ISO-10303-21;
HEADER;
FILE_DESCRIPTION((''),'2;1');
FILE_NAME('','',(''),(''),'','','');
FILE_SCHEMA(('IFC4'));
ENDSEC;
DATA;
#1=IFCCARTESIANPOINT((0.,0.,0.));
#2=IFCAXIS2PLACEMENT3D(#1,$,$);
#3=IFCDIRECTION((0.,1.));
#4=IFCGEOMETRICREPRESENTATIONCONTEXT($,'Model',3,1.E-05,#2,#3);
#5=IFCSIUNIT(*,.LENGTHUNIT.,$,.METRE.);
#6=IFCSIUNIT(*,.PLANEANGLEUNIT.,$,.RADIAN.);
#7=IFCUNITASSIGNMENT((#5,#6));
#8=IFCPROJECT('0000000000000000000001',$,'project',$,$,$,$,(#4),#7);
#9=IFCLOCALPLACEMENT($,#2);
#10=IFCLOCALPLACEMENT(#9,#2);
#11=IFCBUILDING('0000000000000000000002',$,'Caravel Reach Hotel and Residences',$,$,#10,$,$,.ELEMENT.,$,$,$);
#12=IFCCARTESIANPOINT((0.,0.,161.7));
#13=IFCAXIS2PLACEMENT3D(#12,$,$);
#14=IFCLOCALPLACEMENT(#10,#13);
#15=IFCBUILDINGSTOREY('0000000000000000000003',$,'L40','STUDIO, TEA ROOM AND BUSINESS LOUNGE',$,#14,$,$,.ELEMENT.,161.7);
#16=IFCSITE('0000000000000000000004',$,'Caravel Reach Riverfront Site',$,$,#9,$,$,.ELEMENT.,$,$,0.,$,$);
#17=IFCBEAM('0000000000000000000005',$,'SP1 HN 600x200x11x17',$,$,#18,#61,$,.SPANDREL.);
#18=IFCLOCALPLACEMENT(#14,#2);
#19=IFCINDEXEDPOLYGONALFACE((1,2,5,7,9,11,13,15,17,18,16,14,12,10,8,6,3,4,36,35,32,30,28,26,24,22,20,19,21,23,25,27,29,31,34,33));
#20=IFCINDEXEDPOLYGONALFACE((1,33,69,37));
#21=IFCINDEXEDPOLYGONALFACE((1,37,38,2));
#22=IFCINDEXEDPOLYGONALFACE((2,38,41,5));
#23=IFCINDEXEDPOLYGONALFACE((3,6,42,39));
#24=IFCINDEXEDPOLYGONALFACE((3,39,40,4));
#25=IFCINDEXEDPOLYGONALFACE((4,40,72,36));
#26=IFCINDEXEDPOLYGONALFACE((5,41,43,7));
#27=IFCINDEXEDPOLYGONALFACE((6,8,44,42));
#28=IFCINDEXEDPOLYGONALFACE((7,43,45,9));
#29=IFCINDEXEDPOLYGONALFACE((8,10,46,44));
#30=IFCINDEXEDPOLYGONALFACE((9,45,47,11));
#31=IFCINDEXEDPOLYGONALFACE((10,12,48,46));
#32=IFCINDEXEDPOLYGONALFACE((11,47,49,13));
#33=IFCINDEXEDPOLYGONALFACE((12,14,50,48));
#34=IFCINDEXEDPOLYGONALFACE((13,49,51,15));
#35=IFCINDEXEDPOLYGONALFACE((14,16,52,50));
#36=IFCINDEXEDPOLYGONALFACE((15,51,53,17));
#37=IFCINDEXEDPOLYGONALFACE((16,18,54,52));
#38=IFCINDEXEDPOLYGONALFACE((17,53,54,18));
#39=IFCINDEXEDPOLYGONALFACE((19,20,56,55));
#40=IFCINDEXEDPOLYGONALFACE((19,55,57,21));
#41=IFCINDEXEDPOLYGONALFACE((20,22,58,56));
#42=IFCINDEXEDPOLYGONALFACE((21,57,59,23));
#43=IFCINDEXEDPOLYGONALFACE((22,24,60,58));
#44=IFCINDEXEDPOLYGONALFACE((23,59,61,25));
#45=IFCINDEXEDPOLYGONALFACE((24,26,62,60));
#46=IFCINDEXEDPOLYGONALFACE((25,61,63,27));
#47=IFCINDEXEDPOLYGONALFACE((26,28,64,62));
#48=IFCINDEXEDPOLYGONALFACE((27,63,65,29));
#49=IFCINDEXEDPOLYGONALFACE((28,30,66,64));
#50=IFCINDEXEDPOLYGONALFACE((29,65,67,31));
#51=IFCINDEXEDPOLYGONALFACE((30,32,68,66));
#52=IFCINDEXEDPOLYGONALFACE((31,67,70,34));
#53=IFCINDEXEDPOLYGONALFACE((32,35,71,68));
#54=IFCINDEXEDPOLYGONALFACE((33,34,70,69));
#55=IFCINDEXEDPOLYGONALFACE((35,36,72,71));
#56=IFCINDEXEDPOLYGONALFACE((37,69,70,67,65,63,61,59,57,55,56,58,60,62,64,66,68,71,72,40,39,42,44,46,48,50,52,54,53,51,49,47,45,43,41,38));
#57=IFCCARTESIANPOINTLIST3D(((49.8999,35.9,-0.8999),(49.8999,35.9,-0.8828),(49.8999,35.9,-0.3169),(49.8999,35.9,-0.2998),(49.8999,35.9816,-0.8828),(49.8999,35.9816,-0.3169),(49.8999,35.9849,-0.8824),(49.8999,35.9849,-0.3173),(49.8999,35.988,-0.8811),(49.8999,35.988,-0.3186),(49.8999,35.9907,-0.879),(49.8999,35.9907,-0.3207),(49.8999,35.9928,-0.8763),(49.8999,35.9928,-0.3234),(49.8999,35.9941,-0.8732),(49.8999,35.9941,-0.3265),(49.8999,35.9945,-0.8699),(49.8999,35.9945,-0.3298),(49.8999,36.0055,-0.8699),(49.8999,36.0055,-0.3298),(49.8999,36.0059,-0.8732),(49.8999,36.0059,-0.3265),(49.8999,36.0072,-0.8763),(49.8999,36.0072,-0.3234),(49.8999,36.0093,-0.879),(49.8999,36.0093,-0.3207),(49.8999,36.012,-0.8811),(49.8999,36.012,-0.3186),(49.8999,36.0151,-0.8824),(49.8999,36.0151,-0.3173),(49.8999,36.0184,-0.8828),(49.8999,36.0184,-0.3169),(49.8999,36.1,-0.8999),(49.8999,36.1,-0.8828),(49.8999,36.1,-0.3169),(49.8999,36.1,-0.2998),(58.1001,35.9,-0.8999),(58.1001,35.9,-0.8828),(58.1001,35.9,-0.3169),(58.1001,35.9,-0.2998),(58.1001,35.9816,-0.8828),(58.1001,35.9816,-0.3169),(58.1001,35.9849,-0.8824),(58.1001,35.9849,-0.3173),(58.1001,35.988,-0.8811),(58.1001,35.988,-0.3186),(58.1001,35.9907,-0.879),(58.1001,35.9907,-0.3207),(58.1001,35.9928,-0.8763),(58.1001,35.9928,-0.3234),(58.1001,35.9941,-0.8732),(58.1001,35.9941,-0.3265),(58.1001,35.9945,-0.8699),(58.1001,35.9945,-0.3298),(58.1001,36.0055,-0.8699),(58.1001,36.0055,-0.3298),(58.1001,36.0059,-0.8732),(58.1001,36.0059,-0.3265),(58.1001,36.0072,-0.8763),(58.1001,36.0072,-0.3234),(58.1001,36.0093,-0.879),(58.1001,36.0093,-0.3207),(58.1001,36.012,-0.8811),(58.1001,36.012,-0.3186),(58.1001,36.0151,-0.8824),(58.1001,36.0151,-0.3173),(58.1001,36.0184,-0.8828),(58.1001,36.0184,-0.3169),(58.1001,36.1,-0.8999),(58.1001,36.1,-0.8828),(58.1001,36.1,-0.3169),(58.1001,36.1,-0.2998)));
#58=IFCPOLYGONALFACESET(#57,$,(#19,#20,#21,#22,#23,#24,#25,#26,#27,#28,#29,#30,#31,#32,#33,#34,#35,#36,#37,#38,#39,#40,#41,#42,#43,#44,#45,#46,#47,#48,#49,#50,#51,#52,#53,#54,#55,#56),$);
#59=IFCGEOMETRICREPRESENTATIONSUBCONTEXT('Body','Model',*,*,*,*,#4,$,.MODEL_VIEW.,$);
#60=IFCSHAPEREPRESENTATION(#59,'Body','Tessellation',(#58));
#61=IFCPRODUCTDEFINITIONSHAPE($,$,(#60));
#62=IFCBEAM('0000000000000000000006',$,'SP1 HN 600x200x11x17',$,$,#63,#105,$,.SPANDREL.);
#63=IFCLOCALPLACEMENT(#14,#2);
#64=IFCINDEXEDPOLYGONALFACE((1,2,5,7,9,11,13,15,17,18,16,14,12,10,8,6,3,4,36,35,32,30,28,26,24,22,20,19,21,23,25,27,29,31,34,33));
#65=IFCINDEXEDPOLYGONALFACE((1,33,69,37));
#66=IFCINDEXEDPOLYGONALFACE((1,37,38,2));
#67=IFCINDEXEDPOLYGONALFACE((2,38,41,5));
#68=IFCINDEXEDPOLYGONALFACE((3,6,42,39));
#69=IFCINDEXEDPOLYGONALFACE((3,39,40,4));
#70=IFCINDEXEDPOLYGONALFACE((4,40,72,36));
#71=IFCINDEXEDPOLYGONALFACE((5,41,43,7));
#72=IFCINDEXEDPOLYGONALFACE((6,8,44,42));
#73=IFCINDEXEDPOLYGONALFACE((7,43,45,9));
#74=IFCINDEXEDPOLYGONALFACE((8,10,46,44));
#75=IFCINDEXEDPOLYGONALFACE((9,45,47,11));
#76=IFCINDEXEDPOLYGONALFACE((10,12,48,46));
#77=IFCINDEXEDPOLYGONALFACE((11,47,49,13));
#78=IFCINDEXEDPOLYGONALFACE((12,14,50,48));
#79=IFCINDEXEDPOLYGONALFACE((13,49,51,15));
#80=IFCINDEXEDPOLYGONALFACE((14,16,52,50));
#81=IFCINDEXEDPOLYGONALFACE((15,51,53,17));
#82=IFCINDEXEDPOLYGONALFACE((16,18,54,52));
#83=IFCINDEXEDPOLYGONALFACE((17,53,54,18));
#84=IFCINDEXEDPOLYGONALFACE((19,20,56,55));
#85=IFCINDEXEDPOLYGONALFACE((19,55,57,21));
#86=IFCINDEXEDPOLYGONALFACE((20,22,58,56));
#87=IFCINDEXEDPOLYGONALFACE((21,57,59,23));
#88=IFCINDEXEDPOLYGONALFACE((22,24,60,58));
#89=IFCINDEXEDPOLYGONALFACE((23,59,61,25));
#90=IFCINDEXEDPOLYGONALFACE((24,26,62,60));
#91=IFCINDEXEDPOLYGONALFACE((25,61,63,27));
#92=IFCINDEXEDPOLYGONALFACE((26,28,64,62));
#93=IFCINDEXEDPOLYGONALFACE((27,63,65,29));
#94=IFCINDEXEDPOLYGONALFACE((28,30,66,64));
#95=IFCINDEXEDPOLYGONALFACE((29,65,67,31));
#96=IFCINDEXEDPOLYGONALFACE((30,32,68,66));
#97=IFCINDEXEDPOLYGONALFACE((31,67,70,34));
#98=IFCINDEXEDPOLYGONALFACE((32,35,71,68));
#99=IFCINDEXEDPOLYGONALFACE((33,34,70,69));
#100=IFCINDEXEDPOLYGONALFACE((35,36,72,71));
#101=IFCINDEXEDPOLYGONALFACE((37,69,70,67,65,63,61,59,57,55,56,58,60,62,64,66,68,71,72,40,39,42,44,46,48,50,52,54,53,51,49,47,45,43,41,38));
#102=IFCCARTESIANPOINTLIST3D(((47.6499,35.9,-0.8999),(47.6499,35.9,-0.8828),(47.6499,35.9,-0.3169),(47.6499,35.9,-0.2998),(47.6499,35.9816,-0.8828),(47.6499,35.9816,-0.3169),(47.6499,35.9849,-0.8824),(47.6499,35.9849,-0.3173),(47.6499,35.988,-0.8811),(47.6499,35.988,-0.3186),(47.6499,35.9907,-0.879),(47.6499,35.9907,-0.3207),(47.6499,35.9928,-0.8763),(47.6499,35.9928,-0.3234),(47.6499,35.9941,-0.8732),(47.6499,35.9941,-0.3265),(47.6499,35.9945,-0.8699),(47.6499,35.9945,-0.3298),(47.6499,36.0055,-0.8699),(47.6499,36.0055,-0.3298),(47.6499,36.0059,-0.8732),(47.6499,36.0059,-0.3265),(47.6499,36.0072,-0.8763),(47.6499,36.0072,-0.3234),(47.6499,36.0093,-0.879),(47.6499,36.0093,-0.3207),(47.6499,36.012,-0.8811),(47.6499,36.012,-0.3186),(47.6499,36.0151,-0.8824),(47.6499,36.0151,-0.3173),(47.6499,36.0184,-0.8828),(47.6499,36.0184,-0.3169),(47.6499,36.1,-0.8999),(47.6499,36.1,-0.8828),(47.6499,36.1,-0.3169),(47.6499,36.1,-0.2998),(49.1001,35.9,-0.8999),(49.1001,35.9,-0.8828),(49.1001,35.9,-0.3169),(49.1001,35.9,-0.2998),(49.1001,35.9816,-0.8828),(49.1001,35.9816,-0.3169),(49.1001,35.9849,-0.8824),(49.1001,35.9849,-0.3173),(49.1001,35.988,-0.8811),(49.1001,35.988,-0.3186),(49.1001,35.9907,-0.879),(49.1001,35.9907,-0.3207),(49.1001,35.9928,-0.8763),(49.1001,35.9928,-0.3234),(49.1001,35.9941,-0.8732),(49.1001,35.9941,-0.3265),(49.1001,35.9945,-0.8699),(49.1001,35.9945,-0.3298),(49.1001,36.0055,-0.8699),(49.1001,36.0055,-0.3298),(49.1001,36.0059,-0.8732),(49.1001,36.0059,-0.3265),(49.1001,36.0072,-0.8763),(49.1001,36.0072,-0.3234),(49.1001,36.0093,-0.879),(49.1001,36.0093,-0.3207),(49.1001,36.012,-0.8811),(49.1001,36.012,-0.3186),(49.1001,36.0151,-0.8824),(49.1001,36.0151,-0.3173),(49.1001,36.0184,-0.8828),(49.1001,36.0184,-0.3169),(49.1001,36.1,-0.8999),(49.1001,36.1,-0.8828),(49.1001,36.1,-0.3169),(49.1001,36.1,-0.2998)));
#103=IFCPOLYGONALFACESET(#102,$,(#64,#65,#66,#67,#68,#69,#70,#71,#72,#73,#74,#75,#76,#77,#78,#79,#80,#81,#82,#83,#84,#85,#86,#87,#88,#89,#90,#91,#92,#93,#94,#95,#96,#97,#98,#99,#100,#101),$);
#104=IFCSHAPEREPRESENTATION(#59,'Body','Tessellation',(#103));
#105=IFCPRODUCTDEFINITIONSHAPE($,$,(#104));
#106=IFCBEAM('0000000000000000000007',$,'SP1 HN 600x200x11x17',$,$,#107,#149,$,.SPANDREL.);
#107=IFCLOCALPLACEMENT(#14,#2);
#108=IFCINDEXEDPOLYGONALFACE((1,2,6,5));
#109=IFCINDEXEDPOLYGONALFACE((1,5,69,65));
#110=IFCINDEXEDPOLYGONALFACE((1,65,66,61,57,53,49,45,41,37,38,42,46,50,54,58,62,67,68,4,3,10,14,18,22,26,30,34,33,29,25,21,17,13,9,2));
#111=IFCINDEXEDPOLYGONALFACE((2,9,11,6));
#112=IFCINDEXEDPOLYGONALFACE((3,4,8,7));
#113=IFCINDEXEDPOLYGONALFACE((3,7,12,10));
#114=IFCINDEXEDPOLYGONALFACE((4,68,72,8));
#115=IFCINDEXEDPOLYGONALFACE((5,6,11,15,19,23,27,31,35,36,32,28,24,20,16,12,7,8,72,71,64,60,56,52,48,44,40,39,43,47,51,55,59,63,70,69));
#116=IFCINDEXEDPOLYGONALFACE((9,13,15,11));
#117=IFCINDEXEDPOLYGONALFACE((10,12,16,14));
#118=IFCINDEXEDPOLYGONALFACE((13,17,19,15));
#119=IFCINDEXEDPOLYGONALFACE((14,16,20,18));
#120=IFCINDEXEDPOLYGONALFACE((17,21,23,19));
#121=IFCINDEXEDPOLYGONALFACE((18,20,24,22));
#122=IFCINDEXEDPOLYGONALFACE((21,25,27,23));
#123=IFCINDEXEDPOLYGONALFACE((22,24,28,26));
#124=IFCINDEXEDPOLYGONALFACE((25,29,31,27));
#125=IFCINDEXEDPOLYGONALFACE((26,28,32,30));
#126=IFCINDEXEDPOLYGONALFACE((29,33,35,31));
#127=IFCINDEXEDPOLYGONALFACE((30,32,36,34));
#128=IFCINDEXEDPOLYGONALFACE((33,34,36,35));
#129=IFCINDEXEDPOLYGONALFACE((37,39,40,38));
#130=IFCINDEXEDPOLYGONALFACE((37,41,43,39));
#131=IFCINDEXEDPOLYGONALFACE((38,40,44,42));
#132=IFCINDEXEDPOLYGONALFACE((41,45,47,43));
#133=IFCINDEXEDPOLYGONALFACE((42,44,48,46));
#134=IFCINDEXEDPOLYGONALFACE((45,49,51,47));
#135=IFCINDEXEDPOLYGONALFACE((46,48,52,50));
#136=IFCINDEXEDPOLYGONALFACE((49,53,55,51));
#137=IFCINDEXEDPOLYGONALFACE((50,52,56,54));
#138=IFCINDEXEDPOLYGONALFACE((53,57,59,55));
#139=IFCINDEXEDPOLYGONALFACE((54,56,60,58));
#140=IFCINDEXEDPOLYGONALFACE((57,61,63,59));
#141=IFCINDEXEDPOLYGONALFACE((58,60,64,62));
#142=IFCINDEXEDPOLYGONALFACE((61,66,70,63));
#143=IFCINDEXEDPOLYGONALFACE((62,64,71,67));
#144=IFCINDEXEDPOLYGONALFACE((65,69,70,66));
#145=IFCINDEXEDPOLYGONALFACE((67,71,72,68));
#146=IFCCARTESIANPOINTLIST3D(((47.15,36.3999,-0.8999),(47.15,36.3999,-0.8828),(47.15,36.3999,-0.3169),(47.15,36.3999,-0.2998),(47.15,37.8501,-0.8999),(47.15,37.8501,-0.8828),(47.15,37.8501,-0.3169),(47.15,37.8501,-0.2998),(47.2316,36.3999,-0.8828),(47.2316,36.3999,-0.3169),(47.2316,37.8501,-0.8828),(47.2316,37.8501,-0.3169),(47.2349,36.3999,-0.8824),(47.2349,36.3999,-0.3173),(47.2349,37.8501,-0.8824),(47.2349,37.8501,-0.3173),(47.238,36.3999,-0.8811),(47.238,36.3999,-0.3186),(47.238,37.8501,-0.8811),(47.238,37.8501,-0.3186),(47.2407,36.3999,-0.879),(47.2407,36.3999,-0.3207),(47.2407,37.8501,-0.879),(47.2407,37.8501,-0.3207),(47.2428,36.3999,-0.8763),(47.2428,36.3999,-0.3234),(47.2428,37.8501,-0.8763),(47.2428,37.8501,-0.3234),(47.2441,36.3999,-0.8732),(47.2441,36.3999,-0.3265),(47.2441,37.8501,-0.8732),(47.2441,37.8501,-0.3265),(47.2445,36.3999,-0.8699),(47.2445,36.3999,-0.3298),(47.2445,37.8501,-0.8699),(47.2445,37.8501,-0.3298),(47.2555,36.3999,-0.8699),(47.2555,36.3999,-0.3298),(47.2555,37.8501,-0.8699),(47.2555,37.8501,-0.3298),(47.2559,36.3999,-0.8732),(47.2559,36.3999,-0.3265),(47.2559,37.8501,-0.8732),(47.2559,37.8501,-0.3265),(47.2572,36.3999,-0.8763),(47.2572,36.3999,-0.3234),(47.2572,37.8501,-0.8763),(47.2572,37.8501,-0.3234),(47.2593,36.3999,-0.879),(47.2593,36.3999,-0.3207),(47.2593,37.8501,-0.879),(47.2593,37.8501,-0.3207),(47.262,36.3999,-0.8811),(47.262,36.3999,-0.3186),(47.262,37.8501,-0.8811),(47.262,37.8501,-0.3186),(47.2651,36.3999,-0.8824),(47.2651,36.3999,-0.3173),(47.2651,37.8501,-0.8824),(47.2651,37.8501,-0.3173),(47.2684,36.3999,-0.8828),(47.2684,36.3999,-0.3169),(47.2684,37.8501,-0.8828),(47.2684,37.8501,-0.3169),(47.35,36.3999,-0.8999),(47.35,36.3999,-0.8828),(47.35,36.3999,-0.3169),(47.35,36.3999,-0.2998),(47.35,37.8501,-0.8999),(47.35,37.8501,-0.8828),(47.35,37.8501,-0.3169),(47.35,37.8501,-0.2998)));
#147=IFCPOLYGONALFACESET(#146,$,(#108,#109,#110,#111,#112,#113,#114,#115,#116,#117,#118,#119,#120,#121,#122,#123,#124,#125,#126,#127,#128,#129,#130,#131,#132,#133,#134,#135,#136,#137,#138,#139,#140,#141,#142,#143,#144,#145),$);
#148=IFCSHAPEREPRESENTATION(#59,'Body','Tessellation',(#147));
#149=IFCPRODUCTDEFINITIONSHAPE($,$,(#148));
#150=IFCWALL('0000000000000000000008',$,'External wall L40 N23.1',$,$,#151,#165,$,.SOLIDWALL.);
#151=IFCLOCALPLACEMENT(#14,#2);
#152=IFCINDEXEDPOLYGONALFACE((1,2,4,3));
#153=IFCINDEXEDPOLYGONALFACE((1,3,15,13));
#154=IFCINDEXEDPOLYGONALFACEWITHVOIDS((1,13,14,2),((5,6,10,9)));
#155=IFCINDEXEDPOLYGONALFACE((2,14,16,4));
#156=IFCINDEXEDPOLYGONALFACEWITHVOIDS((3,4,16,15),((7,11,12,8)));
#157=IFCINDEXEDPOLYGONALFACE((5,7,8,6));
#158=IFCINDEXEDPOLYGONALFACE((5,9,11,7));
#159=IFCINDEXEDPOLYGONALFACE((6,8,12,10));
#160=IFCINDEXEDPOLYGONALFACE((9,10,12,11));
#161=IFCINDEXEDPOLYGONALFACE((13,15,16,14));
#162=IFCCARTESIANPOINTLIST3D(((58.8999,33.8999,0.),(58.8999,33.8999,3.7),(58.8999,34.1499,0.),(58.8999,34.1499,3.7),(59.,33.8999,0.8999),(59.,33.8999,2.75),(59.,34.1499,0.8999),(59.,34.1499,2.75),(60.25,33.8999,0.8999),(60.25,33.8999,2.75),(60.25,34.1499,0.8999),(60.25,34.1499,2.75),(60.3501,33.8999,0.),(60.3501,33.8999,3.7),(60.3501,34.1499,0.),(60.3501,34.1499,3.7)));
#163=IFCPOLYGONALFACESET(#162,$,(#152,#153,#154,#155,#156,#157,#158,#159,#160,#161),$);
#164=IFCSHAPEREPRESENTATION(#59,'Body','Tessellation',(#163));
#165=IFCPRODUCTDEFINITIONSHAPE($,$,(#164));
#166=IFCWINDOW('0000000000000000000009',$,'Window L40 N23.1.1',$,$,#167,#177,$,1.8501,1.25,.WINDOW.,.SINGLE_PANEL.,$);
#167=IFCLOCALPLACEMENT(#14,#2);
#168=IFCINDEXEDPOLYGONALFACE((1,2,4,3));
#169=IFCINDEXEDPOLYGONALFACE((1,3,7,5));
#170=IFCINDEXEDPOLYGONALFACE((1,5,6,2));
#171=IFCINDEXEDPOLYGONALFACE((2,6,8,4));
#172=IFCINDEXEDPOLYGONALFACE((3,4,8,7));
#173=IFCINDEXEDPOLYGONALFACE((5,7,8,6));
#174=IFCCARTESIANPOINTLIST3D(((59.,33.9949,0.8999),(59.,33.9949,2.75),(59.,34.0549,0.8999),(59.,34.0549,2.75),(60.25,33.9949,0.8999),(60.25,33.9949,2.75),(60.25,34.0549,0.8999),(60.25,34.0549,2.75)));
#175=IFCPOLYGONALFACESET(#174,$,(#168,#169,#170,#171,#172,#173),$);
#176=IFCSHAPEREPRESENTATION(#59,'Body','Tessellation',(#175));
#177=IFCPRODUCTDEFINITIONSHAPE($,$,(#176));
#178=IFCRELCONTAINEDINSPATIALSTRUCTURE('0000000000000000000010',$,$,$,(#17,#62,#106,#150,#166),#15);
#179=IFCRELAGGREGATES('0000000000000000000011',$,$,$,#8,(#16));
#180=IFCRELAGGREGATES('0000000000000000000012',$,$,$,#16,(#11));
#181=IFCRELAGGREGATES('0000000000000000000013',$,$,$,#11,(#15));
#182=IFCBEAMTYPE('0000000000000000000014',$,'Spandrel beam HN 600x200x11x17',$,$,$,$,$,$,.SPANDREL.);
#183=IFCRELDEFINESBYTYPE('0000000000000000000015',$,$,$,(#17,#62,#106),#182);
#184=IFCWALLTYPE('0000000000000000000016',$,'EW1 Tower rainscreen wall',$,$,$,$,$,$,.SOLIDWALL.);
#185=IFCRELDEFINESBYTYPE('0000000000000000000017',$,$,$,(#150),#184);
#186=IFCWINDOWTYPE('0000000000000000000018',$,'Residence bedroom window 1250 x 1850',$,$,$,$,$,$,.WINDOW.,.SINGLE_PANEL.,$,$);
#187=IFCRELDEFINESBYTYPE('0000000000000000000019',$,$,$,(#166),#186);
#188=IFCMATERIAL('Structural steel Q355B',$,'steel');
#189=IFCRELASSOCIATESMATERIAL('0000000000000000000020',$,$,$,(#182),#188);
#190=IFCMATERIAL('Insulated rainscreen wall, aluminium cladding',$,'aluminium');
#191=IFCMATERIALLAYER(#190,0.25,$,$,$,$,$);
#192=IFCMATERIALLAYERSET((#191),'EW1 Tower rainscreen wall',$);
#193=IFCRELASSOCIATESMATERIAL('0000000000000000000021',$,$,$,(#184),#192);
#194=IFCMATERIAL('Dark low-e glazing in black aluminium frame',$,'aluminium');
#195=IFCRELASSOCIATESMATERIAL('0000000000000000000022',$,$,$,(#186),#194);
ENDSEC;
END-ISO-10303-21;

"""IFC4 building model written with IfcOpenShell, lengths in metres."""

from ifc_helpers import new_model, si_unit, direction, frame, frame_2d, origin, origin_2d, place, context, subcontext, project, spatial, rectangle, i_section, extrude, material, layer, layer_set, material_profile, profile_set, type_object, element, fill, save


model = new_model("IFC4")

# Units and contexts
model_context = context("Model", 3, precision=1e-05, world=origin(), true_north=direction((0.0, 1.0)))
body_context = subcontext(model_context, "Body", "Model", "MODEL_VIEW")
ifc_project = project(units=[si_unit("LENGTHUNIT", "METRE"), si_unit("PLANEANGLEUNIT", "RADIAN")], contexts=[model_context])

# Site, building, storey
site_placement = place(None, origin())
site = spatial("IfcSite", under=ifc_project, at=site_placement, Name="Caravel Reach Riverfront Site", CompositionType="ELEMENT", RefElevation=0.0)
building_placement = place(site_placement, origin())
building = spatial("IfcBuilding", under=site, at=building_placement, Name="Caravel Reach Hotel and Residences", CompositionType="ELEMENT")
storey_placement = place(building_placement, frame((0.0, 0.0, 161.7)))
storey = spatial("IfcBuildingStorey", under=building, at=storey_placement, Name="L40", Description="STUDIO, TEA ROOM AND BUSINESS LOUNGE", CompositionType="ELEMENT", Elevation=161.7)

# Beams
ifc_material_1 = material(Name="Structural steel Q355B", Category="steel")
ifc_material_profile_1 = material_profile(ifc_material_1, i_section(OverallWidth=0.2, OverallDepth=0.6001, WebThickness=0.011, FlangeThickness=0.0171, FilletRadius=0.0129, at=origin_2d()), Name="HN 600x200x11x17")
ifc_profile_set_1 = profile_set([ifc_material_profile_1], Name="Structural steel Q355B")
beam_type = type_object("IfcBeamType", Name="Spandrel beam HN 600x200x11x17", PredefinedType="SPANDREL", material=ifc_profile_set_1)
beam_placement = place(storey_placement, frame((58.1001, 36.0, -0.5999), z_axis=(-1.0, 0.0, 0.0), x_axis=(0.0, -1.0, 0.0)))
element("IfcBeam", 1, at=beam_placement, inside=storey, type_object=beam_type, Name="SP1 HN 600x200x11x17", PredefinedType="SPANDREL", context=body_context, shape_type="SweptSolid", body=[
    extrude(i_section(OverallWidth=0.2, OverallDepth=0.6001, WebThickness=0.011, FlangeThickness=0.0171, FilletRadius=0.0129, at=origin_2d()), origin(), (0.0, 0.0, 1.0), 8.2002),
])
for number, where, z_axis, x_axis, name in (
    (2, (49.1001, 36.0, -0.5999), (-1.0, 0.0, 0.0), (0.0, -1.0, 0.0), "SP1 HN 600x200x11x17"),
    (3, (47.25, 36.3999, -0.5999), (0.0, 1.0, 0.0), (-1.0, 0.0, 0.0), "SP1 HN 600x200x11x17"),
):
    element("IfcBeam", number, at=place(storey_placement, frame(where, z_axis=z_axis, x_axis=x_axis)), inside=storey, type_object=beam_type, Name=name, PredefinedType="SPANDREL", context=body_context, shape_type="SweptSolid", body=[
        extrude(i_section(OverallWidth=0.2, OverallDepth=0.6001, WebThickness=0.011, FlangeThickness=0.0171, FilletRadius=0.0129, at=origin_2d()), origin(), (0.0, 0.0, 1.0), 1.4502),
    ])

# Wall, opening, window
ifc_material_2 = material(Name="Insulated rainscreen wall, aluminium cladding", Category="aluminium")
ifc_layer = layer(ifc_material_2, 0.25)
ifc_layer_set = layer_set([ifc_layer], Name="EW1 Tower rainscreen wall")
wall_type = type_object("IfcWallType", Name="EW1 Tower rainscreen wall", PredefinedType="SOLIDWALL", material=ifc_layer_set)
wall_1_placement = place(storey_placement, frame((60.3501, 34.0249, 0.0), z_axis=(0.0, 0.0, 1.0), x_axis=(-1.0, 0.0, 0.0)))
wall_1 = element("IfcWall", 4, at=wall_1_placement, inside=storey, type_object=wall_type, Name="External wall L40 N23.1", PredefinedType="SOLIDWALL", context=body_context, shape_type="SweptSolid", body=[
    extrude(rectangle(XDim=1.4502, YDim=0.25, at=frame_2d((0.7251, 0.0))), origin(), (0.0, 0.0, 1.0), 3.7),
])
opening_1_placement = place(wall_1_placement, frame((0.1001, 0.0, 0.8999)))
opening_1 = element("IfcOpeningElement", 5, at=opening_1_placement, cuts=wall_1, PredefinedType="OPENING", context=body_context, shape_type="SweptSolid", body=[
    extrude(rectangle(XDim=1.25, YDim=1.8501, at=frame_2d((0.625, 0.925))), frame((0.0, 0.135, 0.0), z_axis=(0.0, -1.0, 0.0), x_axis=(1.0, 0.0, 0.0)), (0.0, 0.0, 1.0), 0.27),
])
ifc_material_3 = material(Name="Dark low-e glazing in black aluminium frame", Category="aluminium")
window_type_1 = type_object("IfcWindowType", Name="Residence bedroom window 1250 x 1850", PartitioningType="SINGLE_PANEL", PredefinedType="WINDOW", material=ifc_material_3)
window_1_placement = place(opening_1_placement, origin())
window_1 = element("IfcWindow", 6, at=window_1_placement, inside=storey, type_object=window_type_1, Name="Window L40 N23.1.1", OverallHeight=1.8501, OverallWidth=1.25, PartitioningType="SINGLE_PANEL", PredefinedType="WINDOW", context=body_context, shape_type="SweptSolid", body=[
    extrude(rectangle(XDim=1.25, YDim=1.8501, at=frame_2d((0.625, 0.925))), frame((0.0, 0.03, 0.0), z_axis=(0.0, -1.0, 0.0), x_axis=(1.0, 0.0, 0.0)), (0.0, 0.0, 1.0), 0.0601),
])
fill(opening_1, window_1)

save(model, "model.ifc")
